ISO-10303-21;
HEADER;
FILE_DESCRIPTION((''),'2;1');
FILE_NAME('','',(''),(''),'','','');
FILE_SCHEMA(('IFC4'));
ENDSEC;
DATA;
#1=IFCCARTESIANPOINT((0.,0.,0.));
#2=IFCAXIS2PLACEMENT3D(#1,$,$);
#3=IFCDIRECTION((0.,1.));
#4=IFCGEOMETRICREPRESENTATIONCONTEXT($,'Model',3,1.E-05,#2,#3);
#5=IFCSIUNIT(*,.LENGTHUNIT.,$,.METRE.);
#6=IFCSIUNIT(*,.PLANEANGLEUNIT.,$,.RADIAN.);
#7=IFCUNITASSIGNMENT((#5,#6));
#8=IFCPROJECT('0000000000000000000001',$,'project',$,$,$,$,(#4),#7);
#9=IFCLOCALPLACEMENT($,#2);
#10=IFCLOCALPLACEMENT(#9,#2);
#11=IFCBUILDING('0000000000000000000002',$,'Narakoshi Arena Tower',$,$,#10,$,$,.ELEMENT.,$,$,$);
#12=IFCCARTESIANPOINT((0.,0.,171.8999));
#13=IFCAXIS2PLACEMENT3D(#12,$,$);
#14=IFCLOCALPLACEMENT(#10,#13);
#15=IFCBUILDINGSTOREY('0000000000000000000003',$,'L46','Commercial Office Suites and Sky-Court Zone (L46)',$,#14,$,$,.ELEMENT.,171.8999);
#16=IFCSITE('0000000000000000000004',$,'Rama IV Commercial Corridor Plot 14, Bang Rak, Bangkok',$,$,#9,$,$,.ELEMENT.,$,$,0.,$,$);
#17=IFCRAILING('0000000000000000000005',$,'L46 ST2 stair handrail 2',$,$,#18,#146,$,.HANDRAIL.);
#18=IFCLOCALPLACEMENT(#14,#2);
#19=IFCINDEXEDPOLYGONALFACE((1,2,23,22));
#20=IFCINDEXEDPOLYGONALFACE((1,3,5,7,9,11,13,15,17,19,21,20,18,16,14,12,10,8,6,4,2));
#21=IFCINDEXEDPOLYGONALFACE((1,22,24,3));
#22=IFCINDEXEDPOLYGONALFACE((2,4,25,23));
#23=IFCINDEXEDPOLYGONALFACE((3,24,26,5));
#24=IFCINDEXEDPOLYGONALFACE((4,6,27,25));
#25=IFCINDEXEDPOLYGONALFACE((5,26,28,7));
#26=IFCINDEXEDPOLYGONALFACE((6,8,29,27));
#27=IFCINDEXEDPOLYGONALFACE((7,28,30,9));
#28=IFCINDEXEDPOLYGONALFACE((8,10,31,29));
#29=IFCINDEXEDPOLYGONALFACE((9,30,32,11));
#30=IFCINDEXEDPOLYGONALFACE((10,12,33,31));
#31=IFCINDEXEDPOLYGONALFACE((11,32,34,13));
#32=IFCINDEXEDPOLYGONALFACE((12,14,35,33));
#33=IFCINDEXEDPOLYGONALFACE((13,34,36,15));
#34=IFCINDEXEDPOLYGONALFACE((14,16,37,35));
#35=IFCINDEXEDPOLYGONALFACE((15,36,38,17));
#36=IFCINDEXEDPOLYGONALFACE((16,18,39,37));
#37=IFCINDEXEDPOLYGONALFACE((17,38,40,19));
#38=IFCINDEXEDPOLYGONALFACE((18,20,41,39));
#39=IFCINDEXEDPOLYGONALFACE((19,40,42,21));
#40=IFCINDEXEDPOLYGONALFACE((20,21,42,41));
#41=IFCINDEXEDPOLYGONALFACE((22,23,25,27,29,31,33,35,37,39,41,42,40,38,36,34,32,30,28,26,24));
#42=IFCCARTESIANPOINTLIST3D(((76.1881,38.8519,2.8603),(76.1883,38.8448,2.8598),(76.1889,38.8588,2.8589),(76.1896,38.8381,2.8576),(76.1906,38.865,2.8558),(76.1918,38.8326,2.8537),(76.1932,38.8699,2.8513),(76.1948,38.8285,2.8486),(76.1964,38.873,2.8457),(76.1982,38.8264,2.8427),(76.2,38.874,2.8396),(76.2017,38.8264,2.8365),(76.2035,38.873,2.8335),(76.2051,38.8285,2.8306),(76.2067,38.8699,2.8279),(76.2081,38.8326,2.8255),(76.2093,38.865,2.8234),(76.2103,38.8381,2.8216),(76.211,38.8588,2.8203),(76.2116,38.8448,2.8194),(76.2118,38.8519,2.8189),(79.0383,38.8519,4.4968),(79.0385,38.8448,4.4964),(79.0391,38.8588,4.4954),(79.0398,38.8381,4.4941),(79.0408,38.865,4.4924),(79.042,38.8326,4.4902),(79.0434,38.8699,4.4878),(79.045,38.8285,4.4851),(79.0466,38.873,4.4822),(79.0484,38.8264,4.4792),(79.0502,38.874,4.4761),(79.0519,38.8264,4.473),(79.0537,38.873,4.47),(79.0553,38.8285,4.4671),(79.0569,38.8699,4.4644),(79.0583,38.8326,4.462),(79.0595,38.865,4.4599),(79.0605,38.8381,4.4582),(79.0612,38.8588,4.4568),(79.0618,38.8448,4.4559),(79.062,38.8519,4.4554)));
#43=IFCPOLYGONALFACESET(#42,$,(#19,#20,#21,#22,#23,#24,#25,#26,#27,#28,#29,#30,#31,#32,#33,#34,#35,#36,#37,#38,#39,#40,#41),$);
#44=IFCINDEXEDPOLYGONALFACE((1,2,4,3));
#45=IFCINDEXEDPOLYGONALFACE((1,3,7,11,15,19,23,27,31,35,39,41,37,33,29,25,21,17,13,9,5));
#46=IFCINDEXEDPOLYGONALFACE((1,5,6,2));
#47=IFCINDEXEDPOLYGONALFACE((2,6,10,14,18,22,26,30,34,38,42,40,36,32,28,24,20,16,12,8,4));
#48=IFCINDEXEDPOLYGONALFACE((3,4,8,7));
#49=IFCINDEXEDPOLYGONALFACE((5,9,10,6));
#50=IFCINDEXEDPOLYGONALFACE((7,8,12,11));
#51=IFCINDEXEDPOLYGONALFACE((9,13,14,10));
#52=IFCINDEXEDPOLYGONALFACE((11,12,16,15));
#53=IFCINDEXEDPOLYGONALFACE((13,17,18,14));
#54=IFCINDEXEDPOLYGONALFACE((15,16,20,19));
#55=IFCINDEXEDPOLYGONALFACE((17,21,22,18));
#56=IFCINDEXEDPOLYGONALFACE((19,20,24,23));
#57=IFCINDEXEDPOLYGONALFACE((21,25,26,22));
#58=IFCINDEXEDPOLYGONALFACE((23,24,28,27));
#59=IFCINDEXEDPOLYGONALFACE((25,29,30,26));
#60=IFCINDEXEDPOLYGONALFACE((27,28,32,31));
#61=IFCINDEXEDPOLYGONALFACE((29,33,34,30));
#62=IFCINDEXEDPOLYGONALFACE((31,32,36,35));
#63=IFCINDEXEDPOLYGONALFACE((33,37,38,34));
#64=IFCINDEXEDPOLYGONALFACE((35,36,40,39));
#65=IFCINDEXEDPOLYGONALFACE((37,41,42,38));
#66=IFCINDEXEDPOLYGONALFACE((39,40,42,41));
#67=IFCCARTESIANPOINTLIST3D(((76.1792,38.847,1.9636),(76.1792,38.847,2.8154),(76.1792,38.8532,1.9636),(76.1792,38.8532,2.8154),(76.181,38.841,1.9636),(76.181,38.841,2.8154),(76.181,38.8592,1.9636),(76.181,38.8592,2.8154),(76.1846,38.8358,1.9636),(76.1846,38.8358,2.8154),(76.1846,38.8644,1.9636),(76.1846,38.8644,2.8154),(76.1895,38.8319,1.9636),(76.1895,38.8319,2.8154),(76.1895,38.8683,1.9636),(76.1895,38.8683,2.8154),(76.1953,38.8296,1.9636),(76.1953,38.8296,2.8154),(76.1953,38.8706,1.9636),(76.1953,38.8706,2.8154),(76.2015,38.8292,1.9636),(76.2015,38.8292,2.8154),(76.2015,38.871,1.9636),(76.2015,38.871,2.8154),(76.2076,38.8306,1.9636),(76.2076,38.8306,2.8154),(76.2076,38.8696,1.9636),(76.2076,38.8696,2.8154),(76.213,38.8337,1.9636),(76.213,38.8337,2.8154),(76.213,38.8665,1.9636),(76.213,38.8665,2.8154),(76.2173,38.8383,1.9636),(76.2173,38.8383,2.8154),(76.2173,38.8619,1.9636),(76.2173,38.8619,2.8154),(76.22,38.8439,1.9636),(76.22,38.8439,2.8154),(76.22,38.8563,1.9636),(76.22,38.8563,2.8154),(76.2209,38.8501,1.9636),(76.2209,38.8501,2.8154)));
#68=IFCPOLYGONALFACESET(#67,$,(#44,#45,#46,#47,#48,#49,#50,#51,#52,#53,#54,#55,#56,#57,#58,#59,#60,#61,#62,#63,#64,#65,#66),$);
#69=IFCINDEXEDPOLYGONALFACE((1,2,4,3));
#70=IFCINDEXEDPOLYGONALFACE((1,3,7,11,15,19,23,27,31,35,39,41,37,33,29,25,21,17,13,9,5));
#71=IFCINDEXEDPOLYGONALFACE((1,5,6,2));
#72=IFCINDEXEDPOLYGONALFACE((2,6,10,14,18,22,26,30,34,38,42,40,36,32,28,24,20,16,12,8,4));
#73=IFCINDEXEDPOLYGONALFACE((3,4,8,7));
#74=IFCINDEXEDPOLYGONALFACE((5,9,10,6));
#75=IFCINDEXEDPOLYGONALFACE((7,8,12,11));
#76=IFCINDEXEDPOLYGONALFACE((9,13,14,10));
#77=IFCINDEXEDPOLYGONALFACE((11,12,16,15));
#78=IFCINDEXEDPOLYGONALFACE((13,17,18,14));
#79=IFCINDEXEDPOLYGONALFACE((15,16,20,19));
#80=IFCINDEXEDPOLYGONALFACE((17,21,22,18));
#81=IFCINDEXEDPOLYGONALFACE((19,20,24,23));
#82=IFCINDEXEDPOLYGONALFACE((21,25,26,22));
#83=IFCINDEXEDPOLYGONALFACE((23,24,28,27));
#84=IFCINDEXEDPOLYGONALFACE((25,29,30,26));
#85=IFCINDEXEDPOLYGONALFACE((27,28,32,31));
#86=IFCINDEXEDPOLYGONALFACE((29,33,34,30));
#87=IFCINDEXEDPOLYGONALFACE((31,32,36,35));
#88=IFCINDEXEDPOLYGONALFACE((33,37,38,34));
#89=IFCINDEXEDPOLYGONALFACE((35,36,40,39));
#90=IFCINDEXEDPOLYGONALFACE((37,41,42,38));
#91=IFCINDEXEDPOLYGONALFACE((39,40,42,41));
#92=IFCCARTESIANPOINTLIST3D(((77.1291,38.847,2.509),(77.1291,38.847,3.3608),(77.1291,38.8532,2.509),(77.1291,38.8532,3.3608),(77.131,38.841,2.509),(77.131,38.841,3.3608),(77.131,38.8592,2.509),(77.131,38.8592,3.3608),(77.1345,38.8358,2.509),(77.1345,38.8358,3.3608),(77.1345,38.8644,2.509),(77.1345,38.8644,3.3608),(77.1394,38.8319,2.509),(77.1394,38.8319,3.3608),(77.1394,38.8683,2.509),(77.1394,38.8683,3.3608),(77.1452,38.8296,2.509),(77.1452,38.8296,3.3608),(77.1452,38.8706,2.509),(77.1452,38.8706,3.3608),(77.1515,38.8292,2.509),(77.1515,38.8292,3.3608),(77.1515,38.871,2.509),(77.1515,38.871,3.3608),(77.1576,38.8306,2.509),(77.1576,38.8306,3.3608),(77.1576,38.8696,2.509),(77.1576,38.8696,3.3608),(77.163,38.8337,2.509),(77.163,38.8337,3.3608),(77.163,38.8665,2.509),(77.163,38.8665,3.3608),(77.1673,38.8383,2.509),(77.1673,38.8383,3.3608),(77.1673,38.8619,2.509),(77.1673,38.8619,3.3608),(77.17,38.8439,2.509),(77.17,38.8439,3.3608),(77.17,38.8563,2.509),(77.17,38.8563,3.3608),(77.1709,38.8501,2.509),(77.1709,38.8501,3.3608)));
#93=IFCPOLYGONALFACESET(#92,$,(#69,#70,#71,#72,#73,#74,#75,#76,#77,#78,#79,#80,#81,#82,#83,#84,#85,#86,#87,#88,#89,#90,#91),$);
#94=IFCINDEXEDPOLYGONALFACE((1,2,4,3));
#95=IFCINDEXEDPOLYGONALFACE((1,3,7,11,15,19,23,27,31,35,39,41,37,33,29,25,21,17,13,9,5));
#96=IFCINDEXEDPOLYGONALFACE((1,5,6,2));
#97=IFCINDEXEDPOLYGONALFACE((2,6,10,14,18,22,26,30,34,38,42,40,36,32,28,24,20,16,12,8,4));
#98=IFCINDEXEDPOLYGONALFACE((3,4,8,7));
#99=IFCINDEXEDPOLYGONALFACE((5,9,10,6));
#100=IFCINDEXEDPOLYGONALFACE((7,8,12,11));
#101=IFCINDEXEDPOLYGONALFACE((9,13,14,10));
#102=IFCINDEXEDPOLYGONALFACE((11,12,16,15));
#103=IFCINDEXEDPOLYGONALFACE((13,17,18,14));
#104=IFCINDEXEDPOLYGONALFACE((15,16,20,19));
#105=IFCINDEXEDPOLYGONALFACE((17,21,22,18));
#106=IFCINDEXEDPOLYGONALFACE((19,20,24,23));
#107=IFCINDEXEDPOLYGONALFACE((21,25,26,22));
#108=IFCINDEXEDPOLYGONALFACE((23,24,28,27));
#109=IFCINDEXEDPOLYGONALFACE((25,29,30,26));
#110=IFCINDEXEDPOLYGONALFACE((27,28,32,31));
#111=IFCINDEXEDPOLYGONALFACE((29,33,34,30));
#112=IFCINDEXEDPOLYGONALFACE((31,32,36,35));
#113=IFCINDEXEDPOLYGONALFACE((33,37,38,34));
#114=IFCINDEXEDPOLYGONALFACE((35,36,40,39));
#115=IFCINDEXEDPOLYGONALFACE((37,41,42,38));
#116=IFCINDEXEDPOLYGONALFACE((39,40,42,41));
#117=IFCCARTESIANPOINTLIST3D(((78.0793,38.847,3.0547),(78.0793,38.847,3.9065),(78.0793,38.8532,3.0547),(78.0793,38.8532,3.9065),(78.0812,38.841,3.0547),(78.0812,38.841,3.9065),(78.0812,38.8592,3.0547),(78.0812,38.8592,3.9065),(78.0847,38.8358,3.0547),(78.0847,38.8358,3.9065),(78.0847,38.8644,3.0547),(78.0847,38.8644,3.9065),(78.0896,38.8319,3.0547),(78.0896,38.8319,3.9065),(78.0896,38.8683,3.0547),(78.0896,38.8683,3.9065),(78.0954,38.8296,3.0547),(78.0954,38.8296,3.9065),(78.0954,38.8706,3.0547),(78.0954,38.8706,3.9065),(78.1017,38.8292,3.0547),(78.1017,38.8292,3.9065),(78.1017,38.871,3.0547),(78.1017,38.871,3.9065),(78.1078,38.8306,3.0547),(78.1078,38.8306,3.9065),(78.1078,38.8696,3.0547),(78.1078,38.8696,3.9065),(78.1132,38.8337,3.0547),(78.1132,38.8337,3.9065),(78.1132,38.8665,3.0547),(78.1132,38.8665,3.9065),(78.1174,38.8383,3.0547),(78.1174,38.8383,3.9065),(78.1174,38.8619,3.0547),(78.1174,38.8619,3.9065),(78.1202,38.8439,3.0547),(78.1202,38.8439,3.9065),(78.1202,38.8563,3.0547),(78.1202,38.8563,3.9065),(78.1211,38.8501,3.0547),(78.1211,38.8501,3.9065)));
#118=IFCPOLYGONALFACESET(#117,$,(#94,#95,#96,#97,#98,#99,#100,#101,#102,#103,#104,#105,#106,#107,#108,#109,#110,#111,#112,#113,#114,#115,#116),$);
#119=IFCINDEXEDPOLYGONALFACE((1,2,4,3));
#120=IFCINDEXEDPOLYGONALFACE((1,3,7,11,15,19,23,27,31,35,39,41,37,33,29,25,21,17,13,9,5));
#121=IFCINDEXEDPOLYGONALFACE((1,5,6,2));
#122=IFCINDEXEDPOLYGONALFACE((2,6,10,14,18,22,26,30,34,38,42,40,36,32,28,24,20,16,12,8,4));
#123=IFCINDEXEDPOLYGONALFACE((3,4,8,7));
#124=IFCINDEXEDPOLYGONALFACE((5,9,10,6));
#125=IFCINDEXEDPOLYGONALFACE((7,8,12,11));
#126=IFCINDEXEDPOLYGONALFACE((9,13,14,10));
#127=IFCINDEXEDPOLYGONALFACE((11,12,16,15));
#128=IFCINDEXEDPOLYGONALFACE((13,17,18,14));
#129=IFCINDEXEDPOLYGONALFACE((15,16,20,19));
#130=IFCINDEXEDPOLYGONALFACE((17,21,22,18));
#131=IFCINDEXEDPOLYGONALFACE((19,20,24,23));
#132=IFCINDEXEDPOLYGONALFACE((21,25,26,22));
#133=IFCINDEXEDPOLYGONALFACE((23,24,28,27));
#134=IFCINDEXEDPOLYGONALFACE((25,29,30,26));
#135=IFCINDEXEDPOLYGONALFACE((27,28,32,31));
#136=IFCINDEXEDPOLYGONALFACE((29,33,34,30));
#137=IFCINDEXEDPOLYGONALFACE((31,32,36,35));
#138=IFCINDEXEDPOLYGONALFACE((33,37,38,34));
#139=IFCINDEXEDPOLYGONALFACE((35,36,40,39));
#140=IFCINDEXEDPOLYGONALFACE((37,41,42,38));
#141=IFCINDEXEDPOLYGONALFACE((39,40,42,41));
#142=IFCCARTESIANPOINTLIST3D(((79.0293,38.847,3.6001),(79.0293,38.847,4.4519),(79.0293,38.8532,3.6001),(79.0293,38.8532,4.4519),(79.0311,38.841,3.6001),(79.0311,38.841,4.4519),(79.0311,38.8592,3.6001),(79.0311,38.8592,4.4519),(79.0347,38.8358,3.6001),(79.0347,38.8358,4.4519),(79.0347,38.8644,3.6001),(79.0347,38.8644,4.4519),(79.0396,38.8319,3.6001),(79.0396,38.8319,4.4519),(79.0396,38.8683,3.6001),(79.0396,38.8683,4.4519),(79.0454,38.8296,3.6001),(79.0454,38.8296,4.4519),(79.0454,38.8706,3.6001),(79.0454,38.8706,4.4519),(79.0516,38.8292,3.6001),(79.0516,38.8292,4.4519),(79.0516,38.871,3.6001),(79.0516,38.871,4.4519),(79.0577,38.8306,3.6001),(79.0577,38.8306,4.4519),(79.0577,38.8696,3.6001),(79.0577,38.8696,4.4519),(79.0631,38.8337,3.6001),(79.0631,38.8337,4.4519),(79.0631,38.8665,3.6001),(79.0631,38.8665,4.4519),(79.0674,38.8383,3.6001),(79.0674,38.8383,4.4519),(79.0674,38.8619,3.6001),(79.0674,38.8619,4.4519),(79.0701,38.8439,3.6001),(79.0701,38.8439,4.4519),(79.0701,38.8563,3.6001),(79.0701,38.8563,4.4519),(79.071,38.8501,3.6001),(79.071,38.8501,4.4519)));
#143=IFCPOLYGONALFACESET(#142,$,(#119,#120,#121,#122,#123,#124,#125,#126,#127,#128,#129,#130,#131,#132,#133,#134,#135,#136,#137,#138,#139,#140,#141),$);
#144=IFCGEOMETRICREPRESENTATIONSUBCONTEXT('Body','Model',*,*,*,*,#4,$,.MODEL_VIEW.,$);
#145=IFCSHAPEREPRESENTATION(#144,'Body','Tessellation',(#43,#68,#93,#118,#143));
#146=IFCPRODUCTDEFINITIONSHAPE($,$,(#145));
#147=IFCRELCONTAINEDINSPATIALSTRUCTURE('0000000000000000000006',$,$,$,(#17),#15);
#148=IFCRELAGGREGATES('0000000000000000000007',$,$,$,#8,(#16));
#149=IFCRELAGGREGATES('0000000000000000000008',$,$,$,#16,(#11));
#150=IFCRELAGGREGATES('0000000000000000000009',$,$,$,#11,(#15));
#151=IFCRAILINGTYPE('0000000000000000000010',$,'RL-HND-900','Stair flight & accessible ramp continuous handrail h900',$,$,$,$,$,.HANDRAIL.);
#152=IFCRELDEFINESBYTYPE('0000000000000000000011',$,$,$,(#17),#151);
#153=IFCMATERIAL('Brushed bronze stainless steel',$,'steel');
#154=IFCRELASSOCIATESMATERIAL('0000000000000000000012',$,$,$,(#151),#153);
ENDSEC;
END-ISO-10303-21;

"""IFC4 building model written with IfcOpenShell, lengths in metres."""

from ifc_helpers import new_model, si_unit, direction, frame, origin, origin_2d, place, context, subcontext, project, spatial, circle, extrude, material, type_object, element, save


model = new_model("IFC4")

# Units and contexts
model_context = context("Model", 3, precision=1e-05, world=origin(), true_north=direction((0.0, 1.0)))
body_context = subcontext(model_context, "Body", "Model", "MODEL_VIEW")
ifc_project = project(units=[si_unit("LENGTHUNIT", "METRE"), si_unit("PLANEANGLEUNIT", "RADIAN")], contexts=[model_context])

# Site, building, storey
site_placement = place(None, origin())
site = spatial("IfcSite", under=ifc_project, at=site_placement, Name="Rama IV Commercial Corridor Plot 14, Bang Rak, Bangkok", CompositionType="ELEMENT", RefElevation=0.0)
building_placement = place(site_placement, origin())
building = spatial("IfcBuilding", under=site, at=building_placement, Name="Narakoshi Arena Tower", CompositionType="ELEMENT")
storey_placement = place(building_placement, frame((0.0, 0.0, 171.8999)))
storey = spatial("IfcBuildingStorey", under=building, at=storey_placement, Name="L46", Description="Commercial Office Suites and Sky-Court Zone (L46)", CompositionType="ELEMENT", Elevation=171.8999)

# Railing
ifc_material_1 = material(Name="Brushed bronze stainless steel", Category="steel")
railing_type_1 = type_object("IfcRailingType", Name="RL-HND-900", Description="Stair flight & accessible ramp continuous handrail h900", PredefinedType="HANDRAIL", material=ifc_material_1)
railing_1_placement = place(storey_placement, frame((76.2, 38.8501, 1.9636)))
element("IfcRailing", 1, at=railing_1_placement, inside=storey, type_object=railing_type_1, Name="L46 ST2 stair handrail 2", PredefinedType="HANDRAIL", context=body_context, shape_type="SweptSolid", body=[
    extrude(circle(Radius=0.0239, at=origin_2d()), frame((0.0, 0.0, 0.876), z_axis=(0.867213, 0.0, 0.497938), x_axis=(0.0, 1.0, 0.0)), (0.0, 0.0, 1.0), 3.2866),
    extrude(circle(Radius=0.021, at=origin_2d()), origin(), (0.0, 0.0, 1.0), 0.8518),
    extrude(circle(Radius=0.021, at=origin_2d()), frame((0.95, 0.0, 0.5454)), (0.0, 0.0, 1.0), 0.8518),
    extrude(circle(Radius=0.021, at=origin_2d()), frame((1.9001, 0.0, 1.0911)), (0.0, 0.0, 1.0), 0.8518),
    extrude(circle(Radius=0.021, at=origin_2d()), frame((2.8501, 0.0, 1.6365)), (0.0, 0.0, 1.0), 0.8518),
])

save(model, "model.ifc")
